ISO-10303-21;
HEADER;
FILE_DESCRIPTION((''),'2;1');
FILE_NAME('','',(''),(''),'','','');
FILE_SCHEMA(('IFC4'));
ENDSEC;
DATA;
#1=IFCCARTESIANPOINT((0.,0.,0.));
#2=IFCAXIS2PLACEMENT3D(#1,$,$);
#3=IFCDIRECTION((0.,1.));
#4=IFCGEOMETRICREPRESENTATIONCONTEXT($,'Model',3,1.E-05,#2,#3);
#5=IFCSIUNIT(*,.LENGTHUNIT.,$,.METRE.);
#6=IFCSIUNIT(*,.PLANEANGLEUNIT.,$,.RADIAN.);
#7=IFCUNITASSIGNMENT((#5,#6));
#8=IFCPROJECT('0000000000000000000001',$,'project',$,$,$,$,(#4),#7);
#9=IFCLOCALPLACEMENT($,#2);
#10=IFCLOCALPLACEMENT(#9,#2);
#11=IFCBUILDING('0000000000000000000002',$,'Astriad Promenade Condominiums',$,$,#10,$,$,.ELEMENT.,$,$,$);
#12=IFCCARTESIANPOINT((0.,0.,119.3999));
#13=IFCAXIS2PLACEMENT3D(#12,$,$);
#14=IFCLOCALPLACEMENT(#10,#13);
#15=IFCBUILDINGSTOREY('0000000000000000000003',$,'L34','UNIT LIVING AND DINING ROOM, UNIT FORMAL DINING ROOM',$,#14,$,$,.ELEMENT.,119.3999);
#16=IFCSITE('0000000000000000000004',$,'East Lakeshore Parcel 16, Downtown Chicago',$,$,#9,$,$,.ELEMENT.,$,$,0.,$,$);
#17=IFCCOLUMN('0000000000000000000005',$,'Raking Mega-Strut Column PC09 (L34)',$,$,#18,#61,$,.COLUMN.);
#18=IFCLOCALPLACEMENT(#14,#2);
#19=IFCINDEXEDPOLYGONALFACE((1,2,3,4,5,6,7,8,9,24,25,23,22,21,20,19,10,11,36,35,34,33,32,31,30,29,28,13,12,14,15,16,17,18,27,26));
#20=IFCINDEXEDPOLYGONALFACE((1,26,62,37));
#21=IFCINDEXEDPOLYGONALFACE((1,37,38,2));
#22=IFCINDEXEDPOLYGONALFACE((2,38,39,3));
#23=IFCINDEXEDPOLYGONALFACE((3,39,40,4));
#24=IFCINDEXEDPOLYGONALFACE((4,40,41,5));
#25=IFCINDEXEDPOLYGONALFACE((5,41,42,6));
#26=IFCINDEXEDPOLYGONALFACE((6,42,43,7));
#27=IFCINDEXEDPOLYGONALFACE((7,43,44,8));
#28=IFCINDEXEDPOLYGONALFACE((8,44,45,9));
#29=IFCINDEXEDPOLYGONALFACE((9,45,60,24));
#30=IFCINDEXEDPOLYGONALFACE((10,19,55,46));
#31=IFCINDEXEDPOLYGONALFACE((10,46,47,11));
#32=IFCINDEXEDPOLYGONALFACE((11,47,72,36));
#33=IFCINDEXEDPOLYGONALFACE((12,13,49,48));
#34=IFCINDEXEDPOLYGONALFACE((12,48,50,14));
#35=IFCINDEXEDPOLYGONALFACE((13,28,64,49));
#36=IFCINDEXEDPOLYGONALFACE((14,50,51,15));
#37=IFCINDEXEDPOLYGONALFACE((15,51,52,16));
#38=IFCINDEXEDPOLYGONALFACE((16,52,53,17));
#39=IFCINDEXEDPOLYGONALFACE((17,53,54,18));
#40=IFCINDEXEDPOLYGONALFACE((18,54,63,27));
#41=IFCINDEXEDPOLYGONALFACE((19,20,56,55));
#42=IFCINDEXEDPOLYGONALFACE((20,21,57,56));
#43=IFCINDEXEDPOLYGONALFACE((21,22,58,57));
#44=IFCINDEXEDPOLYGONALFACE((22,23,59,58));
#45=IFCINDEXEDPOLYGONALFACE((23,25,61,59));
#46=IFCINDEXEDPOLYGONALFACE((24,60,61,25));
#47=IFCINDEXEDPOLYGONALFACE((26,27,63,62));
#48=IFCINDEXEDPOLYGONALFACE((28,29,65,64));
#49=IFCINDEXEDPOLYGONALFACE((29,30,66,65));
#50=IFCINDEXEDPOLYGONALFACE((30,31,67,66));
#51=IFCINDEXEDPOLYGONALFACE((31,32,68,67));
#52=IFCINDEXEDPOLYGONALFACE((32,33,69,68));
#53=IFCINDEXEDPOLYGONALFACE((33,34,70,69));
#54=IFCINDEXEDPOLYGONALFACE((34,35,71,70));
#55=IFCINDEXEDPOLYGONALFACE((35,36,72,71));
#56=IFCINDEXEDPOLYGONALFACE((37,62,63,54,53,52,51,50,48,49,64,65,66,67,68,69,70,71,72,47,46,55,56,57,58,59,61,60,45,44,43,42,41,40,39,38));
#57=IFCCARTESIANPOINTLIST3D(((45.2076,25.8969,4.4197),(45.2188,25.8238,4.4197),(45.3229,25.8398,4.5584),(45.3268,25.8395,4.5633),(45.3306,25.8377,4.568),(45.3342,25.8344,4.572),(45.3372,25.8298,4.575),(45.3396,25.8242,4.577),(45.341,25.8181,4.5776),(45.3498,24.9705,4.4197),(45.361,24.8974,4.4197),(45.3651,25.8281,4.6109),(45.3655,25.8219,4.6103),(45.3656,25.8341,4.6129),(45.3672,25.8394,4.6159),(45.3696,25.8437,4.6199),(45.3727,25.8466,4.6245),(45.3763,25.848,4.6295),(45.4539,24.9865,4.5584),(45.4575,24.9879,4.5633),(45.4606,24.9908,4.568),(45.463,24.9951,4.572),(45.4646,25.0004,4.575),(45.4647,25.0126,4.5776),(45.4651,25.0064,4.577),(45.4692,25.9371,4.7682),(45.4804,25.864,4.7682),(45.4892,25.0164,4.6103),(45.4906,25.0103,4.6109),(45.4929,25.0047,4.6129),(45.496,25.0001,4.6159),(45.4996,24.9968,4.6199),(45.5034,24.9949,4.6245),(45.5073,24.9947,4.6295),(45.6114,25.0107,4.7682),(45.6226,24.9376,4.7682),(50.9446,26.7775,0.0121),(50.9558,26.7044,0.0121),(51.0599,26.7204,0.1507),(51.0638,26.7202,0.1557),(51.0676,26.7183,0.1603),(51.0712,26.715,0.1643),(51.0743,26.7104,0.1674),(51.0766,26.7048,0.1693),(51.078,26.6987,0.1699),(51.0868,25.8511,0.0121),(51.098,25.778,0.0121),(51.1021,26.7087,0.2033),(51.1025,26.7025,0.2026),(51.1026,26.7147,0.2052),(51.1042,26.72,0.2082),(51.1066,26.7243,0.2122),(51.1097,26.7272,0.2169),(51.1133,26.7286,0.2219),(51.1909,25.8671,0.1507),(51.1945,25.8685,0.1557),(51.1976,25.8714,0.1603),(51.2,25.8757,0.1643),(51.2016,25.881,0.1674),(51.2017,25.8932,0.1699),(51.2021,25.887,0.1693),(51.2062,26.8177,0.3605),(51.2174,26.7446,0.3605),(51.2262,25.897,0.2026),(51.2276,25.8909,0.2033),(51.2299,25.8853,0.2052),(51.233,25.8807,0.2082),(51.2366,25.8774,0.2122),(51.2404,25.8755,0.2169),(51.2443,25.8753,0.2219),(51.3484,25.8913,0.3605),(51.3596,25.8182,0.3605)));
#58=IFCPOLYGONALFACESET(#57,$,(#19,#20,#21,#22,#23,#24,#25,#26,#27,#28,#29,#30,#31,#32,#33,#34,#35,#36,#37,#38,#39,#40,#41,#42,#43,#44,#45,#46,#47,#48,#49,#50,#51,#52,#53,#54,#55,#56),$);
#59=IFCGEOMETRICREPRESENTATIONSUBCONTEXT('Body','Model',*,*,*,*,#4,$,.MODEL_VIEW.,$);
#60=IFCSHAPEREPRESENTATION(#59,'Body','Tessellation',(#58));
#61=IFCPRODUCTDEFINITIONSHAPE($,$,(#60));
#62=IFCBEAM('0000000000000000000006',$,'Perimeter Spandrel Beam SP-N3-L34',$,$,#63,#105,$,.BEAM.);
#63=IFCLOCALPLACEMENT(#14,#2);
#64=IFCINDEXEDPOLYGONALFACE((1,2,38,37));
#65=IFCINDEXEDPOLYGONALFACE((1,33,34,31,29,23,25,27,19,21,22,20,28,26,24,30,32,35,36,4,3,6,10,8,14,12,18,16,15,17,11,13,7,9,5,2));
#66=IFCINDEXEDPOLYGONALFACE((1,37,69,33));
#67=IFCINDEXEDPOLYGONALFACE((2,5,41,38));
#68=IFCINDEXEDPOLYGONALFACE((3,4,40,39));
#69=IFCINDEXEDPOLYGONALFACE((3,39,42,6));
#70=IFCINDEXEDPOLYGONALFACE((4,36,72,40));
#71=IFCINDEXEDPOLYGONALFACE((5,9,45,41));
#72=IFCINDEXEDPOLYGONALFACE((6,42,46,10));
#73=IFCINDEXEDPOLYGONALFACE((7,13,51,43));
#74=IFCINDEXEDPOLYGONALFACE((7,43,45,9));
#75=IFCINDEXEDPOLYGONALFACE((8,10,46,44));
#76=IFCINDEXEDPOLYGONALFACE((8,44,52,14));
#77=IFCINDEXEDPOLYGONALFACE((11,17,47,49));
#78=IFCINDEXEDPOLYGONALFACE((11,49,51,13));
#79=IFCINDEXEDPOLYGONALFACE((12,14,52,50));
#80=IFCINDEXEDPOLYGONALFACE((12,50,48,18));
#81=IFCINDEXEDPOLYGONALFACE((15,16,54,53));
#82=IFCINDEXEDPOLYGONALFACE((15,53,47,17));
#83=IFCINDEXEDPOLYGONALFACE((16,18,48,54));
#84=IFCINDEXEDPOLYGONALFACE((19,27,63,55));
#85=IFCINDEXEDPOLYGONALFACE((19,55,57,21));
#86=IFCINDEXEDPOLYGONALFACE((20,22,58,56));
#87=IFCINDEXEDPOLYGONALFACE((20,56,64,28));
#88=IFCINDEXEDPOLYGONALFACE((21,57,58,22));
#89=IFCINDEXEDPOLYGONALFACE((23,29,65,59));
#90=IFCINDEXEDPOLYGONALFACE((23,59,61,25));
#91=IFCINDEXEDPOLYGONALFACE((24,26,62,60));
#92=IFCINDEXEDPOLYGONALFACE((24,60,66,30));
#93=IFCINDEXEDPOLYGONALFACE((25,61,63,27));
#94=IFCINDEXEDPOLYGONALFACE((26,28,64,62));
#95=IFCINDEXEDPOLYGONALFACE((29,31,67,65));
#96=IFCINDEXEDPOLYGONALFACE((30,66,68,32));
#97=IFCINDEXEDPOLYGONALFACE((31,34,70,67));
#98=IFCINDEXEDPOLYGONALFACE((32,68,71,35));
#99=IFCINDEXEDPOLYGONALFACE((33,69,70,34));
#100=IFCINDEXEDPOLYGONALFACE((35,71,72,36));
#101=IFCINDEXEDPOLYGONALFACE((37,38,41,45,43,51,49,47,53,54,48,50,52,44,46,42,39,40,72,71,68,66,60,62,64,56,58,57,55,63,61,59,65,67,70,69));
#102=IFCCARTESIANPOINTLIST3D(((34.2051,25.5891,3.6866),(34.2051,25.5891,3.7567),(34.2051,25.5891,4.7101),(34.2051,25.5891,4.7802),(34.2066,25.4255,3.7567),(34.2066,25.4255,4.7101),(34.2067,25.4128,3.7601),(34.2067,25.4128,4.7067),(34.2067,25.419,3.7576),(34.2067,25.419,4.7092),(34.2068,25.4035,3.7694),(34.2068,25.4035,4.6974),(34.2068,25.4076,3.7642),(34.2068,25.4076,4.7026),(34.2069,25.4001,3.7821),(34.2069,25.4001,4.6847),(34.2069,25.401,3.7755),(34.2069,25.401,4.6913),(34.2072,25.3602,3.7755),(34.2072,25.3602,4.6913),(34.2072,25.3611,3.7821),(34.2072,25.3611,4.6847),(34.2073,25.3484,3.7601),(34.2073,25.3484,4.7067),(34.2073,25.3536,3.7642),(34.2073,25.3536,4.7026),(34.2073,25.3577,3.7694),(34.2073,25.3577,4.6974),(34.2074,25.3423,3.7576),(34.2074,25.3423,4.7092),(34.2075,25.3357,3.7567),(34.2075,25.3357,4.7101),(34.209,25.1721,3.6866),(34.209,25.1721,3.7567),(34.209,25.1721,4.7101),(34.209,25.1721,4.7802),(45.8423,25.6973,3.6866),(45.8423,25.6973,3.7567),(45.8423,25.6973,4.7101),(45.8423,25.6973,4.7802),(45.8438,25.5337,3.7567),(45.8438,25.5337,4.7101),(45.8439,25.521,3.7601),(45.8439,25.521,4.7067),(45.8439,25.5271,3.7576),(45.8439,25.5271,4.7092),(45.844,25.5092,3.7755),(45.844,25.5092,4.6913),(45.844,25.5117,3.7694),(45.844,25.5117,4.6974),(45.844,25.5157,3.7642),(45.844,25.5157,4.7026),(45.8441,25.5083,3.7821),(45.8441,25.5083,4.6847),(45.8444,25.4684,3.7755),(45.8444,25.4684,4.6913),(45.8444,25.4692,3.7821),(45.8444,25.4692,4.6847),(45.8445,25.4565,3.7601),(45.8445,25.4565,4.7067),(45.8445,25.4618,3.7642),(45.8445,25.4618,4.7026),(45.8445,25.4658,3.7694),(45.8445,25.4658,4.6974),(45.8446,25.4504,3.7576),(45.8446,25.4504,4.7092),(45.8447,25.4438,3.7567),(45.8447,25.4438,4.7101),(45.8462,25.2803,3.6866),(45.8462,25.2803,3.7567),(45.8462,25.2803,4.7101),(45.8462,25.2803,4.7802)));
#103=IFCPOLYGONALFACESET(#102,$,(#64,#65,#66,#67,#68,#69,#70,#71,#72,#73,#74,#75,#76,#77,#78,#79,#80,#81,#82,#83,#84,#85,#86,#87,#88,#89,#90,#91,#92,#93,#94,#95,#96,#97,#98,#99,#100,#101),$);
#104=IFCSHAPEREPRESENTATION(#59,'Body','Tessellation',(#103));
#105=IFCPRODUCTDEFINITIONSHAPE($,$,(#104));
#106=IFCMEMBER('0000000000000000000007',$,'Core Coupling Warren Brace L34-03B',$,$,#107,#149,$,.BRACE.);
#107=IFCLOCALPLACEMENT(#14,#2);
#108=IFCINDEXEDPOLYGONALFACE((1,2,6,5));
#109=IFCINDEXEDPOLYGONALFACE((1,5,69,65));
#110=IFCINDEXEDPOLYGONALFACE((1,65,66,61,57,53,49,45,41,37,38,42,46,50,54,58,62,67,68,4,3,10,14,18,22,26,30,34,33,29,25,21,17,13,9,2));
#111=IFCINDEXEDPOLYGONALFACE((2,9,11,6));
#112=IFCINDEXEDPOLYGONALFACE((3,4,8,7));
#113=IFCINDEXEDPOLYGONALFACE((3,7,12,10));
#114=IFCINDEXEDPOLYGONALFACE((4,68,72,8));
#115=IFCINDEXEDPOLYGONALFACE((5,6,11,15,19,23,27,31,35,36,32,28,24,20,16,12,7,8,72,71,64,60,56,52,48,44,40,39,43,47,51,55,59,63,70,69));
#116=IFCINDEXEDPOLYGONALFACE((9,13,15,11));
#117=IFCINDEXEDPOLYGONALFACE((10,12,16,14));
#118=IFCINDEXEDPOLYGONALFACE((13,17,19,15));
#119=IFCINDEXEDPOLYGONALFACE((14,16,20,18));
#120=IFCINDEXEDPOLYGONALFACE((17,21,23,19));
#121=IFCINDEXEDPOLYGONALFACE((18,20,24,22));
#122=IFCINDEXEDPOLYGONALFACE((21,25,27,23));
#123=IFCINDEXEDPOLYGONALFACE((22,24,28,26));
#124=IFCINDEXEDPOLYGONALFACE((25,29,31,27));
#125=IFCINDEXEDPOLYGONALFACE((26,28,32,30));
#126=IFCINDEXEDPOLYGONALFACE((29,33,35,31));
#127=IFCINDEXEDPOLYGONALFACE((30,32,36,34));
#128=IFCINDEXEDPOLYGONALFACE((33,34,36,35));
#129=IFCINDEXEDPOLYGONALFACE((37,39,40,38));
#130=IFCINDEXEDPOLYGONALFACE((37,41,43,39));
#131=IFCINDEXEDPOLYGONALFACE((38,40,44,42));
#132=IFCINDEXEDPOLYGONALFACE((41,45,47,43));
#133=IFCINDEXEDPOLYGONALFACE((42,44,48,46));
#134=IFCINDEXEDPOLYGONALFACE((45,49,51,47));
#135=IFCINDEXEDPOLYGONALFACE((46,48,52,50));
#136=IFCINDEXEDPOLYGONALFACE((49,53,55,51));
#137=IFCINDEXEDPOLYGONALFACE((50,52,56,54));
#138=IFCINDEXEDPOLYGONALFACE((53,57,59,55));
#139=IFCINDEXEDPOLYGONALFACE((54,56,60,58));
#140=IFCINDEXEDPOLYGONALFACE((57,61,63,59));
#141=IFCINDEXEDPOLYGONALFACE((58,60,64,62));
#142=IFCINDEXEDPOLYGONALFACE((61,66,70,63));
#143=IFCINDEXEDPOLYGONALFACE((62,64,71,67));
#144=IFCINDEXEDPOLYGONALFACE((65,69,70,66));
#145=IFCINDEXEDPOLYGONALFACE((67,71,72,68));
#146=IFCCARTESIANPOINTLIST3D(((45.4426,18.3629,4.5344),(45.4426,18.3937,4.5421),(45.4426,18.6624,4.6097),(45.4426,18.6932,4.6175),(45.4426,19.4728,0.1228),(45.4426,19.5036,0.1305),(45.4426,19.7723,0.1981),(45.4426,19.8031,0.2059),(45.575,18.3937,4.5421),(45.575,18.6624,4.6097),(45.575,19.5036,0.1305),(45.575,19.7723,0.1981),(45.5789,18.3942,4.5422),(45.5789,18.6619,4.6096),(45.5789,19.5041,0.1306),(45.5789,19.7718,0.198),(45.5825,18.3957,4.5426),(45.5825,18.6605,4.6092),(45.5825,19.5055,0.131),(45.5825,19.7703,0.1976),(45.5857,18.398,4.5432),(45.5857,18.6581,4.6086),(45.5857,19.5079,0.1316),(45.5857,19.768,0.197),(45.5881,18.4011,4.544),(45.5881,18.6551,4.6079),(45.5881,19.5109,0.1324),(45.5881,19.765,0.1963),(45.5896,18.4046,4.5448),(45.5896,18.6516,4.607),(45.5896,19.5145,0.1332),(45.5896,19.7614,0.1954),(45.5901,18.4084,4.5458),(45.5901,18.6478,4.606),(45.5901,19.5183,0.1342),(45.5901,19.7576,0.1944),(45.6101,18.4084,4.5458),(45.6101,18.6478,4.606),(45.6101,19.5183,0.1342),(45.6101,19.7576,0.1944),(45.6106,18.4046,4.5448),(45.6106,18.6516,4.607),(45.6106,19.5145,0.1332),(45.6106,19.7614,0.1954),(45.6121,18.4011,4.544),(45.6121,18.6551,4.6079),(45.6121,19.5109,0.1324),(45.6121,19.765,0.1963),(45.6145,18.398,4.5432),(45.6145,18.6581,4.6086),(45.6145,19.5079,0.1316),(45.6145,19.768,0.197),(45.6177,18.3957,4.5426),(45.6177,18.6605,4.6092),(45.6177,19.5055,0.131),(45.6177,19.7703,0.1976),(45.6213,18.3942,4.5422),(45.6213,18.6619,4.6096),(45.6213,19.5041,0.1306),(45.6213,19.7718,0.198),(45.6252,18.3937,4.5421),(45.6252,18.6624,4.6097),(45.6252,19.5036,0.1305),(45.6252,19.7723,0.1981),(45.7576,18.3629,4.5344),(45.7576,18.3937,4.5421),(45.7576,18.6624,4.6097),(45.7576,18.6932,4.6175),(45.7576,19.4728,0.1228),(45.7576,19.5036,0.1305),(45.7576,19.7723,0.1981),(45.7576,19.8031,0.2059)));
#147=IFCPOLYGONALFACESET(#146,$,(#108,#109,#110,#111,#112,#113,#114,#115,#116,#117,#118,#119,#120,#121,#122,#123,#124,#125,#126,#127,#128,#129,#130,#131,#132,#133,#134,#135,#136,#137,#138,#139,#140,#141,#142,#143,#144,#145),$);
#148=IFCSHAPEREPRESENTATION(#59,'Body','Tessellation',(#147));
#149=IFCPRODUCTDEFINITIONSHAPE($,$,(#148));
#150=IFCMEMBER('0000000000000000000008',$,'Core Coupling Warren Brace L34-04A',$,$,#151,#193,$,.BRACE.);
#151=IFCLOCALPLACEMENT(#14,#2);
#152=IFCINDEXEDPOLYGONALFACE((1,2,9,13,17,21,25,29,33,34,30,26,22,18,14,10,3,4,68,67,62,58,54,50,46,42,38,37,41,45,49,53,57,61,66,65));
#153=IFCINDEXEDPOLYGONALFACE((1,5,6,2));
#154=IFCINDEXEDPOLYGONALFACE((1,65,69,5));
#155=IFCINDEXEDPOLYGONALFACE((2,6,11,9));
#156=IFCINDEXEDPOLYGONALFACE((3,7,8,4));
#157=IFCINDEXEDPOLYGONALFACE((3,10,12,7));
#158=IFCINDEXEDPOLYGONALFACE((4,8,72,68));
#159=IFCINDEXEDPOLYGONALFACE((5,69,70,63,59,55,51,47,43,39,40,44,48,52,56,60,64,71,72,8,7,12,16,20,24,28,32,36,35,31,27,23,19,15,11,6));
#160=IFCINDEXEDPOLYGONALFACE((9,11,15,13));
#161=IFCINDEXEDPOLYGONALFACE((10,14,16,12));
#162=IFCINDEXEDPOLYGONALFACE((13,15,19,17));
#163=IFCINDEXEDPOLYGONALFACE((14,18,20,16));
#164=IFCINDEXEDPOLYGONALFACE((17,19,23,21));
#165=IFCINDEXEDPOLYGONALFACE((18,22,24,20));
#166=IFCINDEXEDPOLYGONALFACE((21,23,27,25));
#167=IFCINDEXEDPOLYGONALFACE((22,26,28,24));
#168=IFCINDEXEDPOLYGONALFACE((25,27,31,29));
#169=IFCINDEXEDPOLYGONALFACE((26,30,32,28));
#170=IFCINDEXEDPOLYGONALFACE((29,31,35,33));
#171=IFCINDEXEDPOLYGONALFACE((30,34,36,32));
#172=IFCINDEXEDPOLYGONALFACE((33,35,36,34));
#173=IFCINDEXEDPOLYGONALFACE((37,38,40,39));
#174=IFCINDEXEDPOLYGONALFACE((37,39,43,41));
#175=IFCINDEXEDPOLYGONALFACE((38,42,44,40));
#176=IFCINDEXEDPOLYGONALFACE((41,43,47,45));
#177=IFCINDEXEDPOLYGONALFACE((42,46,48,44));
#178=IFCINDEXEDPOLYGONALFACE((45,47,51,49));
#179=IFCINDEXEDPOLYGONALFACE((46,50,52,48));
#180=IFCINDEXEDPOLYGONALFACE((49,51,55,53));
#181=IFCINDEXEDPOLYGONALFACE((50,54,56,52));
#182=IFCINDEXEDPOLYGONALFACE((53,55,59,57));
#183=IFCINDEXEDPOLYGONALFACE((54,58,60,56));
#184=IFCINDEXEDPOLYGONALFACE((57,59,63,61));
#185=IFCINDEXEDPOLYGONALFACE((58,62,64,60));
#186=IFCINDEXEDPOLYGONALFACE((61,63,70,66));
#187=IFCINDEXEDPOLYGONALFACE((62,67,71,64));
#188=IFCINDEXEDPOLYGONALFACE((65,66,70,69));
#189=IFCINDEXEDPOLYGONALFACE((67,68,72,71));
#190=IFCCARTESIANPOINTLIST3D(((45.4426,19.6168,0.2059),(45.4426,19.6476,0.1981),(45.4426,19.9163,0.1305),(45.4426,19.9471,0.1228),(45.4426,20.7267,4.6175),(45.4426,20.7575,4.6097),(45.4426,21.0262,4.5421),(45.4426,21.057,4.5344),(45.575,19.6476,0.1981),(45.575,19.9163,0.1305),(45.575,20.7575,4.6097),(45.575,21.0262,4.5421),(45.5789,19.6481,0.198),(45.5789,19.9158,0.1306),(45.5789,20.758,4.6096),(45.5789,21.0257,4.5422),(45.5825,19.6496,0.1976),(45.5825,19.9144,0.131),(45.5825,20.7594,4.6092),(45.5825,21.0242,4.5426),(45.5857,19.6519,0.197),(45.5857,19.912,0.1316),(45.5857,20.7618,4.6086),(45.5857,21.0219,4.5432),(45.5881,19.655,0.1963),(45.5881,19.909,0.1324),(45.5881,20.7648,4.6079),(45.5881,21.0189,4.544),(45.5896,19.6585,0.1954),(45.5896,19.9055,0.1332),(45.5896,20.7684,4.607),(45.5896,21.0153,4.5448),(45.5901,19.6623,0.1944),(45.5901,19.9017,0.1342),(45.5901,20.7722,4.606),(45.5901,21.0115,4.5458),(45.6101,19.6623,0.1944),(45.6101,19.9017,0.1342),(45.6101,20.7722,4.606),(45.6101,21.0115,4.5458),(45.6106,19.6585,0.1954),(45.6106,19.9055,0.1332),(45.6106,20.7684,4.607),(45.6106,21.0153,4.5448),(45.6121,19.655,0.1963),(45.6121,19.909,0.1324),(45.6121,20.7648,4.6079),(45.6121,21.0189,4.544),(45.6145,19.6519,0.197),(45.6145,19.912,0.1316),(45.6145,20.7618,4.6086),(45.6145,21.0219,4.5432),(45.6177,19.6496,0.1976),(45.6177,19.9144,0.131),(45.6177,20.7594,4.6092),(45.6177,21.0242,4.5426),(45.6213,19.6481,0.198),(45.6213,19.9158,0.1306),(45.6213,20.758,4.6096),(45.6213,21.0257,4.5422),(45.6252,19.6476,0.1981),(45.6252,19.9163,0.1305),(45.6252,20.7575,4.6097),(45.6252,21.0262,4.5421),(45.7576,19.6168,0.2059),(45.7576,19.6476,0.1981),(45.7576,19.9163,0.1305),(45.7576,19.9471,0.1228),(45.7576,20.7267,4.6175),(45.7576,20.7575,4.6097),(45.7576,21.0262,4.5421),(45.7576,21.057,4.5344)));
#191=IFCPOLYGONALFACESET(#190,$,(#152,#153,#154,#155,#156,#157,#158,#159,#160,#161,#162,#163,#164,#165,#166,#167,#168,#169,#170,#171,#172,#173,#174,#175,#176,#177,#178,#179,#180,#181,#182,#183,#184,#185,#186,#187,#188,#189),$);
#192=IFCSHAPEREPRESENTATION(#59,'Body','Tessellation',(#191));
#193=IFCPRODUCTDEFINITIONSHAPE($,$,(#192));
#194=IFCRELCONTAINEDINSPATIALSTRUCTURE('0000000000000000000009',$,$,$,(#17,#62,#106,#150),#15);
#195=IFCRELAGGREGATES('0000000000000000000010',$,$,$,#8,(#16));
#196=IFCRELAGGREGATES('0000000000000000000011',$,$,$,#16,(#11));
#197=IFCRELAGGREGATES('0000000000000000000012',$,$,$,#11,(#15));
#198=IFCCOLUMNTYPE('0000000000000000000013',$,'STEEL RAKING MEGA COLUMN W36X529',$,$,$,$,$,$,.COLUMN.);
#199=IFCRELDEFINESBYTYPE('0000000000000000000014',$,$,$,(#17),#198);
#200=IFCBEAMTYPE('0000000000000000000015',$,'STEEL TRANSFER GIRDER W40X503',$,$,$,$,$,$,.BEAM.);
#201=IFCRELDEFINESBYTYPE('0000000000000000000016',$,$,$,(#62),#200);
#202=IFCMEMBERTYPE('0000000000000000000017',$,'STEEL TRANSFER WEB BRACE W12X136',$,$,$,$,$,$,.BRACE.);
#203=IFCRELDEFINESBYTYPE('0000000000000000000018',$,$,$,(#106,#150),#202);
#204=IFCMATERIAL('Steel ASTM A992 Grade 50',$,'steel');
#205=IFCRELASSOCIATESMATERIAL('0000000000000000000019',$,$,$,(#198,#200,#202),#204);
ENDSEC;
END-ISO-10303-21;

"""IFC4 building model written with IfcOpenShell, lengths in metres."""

from ifc_helpers import new_model, si_unit, direction, frame, origin, origin_2d, place, context, subcontext, project, spatial, i_section, extrude, source, transform, mapped, material, material_profile, profile_set, type_object, type_shapes, element, save


model = new_model("IFC4")

# Units and contexts
model_context = context("Model", 3, precision=1e-05, world=origin(), true_north=direction((0.0, 1.0)))
body_context = subcontext(model_context, "Body", "Model", "MODEL_VIEW")
ifc_project = project(units=[si_unit("LENGTHUNIT", "METRE"), si_unit("PLANEANGLEUNIT", "RADIAN")], contexts=[model_context])

# Site, building, storey
site_placement = place(None, origin())
site = spatial("IfcSite", under=ifc_project, at=site_placement, Name="East Lakeshore Parcel 16, Downtown Chicago", CompositionType="ELEMENT", RefElevation=0.0)
building_placement = place(site_placement, origin())
building = spatial("IfcBuilding", under=site, at=building_placement, Name="Astriad Promenade Condominiums", CompositionType="ELEMENT")
storey_placement = place(building_placement, frame((0.0, 0.0, 119.3999)))
storey = spatial("IfcBuildingStorey", under=building, at=storey_placement, Name="L34", Description="UNIT LIVING AND DINING ROOM, UNIT FORMAL DINING ROOM", CompositionType="ELEMENT", Elevation=119.3999)

# Column
ifc_material_1 = material(Name="Steel ASTM A992 Grade 50", Category="steel")
ifc_material_profile_1 = material_profile(ifc_material_1, i_section(OverallWidth=0.4375, OverallDepth=1.0112, WebThickness=0.041, FlangeThickness=0.074, FilletRadius=0.0242, at=origin_2d()), Name="W36X529")
ifc_profile_set_1 = profile_set([ifc_material_profile_1], Name="Steel ASTM A992 Grade 50")
column_type = type_object("IfcColumnType", Name="STEEL RAKING MEGA COLUMN W36X529", PredefinedType="COLUMN", material=ifc_profile_set_1)
shared_shape_1 = source(origin(), body_context, "Body", "SweptSolid", [
    extrude(i_section(OverallWidth=0.4375, OverallDepth=1.0112, WebThickness=0.041, FlangeThickness=0.074, FilletRadius=0.0242, at=origin_2d()), origin(), (0.0, 0.0, 1.0), 7.2881),
])
type_shapes(column_type, [shared_shape_1])
column_placement = place(storey_placement, frame((51.1521, 26.2979, 0.1863), z_axis=(-0.787175, -0.120828, 0.604777), x_axis=(0.597776, 0.091756, 0.796395)))
element("IfcColumn", 1, at=column_placement, inside=storey, type_object=column_type, Name="Raking Mega-Strut Column PC09 (L34)", PredefinedType="COLUMN", context=body_context, shape_type="MappedRepresentation", body=[
    mapped(shared_shape_1, transform((0.0, 0.0, 0.0), scale=1.0)),
])

# Beam
ifc_material_profile_2 = material_profile(ifc_material_1, i_section(OverallWidth=0.417, OverallDepth=1.0935, WebThickness=0.0391, FlangeThickness=0.0701, FilletRadius=0.0254, at=origin_2d()), Name="W40X503")
ifc_profile_set_2 = profile_set([ifc_material_profile_2], Name="Steel ASTM A992 Grade 50")
beam_type = type_object("IfcBeamType", Name="STEEL TRANSFER GIRDER W40X503", PredefinedType="BEAM", material=ifc_profile_set_2)
shared_shape_2 = source(origin(), body_context, "Body", "SweptSolid", [
    extrude(i_section(OverallWidth=0.417, OverallDepth=1.0935, WebThickness=0.0391, FlangeThickness=0.0701, FilletRadius=0.0254, at=origin_2d()), origin(), (0.0, 0.0, 1.0), 11.6377),
])
type_shapes(beam_type, [shared_shape_2])
beam_placement = place(storey_placement, frame((45.8442, 25.4888, 4.2334), z_axis=(-0.999957, -0.009293, 0.0), x_axis=(0.009293, -0.999957, 0.0)))
element("IfcBeam", 2, at=beam_placement, inside=storey, type_object=beam_type, Name="Perimeter Spandrel Beam SP-N3-L34", PredefinedType="BEAM", context=body_context, shape_type="MappedRepresentation", body=[
    mapped(shared_shape_2, transform((0.0, 0.0, 0.0), scale=1.0)),
])

# Members
ifc_material_profile_3 = material_profile(ifc_material_1, i_section(OverallWidth=0.3149, OverallDepth=0.3406, WebThickness=0.02, FlangeThickness=0.0317, FilletRadius=0.0151, at=origin_2d()), Name="W12X136")
ifc_profile_set_3 = profile_set([ifc_material_profile_3], Name="Steel ASTM A992 Grade 50")
member_type_1 = type_object("IfcMemberType", Name="STEEL TRANSFER WEB BRACE W12X136", PredefinedType="BRACE", material=ifc_profile_set_3)
shared_shape_3 = source(origin(), body_context, "Body", "SweptSolid", [
    extrude(i_section(OverallWidth=0.3149, OverallDepth=0.3406, WebThickness=0.02, FlangeThickness=0.0317, FilletRadius=0.0151, at=origin_2d()), origin(), (0.0, 0.0, 1.0), 4.5491),
])
type_shapes(member_type_1, [shared_shape_3])
for number, where, z_axis, x_axis, name in (
    (3, (45.6001, 19.6379, 0.1643), (0.0, -0.243975, 0.969782), (1.0, 0.0, 0.0), "Core Coupling Warren Brace L34-03B"),
    (4, (45.6001, 19.782, 0.1643), (0.0, 0.243975, 0.969782), (-1.0, 0.0, 0.0), "Core Coupling Warren Brace L34-04A"),
):
    element("IfcMember", number, at=place(storey_placement, frame(where, z_axis=z_axis, x_axis=x_axis)), inside=storey, type_object=member_type_1, Name=name, PredefinedType="BRACE", context=body_context, shape_type="MappedRepresentation", body=[
        mapped(shared_shape_3, transform((0.0, 0.0, 0.0), scale=1.0)),
    ])

save(model, "model.ifc")
